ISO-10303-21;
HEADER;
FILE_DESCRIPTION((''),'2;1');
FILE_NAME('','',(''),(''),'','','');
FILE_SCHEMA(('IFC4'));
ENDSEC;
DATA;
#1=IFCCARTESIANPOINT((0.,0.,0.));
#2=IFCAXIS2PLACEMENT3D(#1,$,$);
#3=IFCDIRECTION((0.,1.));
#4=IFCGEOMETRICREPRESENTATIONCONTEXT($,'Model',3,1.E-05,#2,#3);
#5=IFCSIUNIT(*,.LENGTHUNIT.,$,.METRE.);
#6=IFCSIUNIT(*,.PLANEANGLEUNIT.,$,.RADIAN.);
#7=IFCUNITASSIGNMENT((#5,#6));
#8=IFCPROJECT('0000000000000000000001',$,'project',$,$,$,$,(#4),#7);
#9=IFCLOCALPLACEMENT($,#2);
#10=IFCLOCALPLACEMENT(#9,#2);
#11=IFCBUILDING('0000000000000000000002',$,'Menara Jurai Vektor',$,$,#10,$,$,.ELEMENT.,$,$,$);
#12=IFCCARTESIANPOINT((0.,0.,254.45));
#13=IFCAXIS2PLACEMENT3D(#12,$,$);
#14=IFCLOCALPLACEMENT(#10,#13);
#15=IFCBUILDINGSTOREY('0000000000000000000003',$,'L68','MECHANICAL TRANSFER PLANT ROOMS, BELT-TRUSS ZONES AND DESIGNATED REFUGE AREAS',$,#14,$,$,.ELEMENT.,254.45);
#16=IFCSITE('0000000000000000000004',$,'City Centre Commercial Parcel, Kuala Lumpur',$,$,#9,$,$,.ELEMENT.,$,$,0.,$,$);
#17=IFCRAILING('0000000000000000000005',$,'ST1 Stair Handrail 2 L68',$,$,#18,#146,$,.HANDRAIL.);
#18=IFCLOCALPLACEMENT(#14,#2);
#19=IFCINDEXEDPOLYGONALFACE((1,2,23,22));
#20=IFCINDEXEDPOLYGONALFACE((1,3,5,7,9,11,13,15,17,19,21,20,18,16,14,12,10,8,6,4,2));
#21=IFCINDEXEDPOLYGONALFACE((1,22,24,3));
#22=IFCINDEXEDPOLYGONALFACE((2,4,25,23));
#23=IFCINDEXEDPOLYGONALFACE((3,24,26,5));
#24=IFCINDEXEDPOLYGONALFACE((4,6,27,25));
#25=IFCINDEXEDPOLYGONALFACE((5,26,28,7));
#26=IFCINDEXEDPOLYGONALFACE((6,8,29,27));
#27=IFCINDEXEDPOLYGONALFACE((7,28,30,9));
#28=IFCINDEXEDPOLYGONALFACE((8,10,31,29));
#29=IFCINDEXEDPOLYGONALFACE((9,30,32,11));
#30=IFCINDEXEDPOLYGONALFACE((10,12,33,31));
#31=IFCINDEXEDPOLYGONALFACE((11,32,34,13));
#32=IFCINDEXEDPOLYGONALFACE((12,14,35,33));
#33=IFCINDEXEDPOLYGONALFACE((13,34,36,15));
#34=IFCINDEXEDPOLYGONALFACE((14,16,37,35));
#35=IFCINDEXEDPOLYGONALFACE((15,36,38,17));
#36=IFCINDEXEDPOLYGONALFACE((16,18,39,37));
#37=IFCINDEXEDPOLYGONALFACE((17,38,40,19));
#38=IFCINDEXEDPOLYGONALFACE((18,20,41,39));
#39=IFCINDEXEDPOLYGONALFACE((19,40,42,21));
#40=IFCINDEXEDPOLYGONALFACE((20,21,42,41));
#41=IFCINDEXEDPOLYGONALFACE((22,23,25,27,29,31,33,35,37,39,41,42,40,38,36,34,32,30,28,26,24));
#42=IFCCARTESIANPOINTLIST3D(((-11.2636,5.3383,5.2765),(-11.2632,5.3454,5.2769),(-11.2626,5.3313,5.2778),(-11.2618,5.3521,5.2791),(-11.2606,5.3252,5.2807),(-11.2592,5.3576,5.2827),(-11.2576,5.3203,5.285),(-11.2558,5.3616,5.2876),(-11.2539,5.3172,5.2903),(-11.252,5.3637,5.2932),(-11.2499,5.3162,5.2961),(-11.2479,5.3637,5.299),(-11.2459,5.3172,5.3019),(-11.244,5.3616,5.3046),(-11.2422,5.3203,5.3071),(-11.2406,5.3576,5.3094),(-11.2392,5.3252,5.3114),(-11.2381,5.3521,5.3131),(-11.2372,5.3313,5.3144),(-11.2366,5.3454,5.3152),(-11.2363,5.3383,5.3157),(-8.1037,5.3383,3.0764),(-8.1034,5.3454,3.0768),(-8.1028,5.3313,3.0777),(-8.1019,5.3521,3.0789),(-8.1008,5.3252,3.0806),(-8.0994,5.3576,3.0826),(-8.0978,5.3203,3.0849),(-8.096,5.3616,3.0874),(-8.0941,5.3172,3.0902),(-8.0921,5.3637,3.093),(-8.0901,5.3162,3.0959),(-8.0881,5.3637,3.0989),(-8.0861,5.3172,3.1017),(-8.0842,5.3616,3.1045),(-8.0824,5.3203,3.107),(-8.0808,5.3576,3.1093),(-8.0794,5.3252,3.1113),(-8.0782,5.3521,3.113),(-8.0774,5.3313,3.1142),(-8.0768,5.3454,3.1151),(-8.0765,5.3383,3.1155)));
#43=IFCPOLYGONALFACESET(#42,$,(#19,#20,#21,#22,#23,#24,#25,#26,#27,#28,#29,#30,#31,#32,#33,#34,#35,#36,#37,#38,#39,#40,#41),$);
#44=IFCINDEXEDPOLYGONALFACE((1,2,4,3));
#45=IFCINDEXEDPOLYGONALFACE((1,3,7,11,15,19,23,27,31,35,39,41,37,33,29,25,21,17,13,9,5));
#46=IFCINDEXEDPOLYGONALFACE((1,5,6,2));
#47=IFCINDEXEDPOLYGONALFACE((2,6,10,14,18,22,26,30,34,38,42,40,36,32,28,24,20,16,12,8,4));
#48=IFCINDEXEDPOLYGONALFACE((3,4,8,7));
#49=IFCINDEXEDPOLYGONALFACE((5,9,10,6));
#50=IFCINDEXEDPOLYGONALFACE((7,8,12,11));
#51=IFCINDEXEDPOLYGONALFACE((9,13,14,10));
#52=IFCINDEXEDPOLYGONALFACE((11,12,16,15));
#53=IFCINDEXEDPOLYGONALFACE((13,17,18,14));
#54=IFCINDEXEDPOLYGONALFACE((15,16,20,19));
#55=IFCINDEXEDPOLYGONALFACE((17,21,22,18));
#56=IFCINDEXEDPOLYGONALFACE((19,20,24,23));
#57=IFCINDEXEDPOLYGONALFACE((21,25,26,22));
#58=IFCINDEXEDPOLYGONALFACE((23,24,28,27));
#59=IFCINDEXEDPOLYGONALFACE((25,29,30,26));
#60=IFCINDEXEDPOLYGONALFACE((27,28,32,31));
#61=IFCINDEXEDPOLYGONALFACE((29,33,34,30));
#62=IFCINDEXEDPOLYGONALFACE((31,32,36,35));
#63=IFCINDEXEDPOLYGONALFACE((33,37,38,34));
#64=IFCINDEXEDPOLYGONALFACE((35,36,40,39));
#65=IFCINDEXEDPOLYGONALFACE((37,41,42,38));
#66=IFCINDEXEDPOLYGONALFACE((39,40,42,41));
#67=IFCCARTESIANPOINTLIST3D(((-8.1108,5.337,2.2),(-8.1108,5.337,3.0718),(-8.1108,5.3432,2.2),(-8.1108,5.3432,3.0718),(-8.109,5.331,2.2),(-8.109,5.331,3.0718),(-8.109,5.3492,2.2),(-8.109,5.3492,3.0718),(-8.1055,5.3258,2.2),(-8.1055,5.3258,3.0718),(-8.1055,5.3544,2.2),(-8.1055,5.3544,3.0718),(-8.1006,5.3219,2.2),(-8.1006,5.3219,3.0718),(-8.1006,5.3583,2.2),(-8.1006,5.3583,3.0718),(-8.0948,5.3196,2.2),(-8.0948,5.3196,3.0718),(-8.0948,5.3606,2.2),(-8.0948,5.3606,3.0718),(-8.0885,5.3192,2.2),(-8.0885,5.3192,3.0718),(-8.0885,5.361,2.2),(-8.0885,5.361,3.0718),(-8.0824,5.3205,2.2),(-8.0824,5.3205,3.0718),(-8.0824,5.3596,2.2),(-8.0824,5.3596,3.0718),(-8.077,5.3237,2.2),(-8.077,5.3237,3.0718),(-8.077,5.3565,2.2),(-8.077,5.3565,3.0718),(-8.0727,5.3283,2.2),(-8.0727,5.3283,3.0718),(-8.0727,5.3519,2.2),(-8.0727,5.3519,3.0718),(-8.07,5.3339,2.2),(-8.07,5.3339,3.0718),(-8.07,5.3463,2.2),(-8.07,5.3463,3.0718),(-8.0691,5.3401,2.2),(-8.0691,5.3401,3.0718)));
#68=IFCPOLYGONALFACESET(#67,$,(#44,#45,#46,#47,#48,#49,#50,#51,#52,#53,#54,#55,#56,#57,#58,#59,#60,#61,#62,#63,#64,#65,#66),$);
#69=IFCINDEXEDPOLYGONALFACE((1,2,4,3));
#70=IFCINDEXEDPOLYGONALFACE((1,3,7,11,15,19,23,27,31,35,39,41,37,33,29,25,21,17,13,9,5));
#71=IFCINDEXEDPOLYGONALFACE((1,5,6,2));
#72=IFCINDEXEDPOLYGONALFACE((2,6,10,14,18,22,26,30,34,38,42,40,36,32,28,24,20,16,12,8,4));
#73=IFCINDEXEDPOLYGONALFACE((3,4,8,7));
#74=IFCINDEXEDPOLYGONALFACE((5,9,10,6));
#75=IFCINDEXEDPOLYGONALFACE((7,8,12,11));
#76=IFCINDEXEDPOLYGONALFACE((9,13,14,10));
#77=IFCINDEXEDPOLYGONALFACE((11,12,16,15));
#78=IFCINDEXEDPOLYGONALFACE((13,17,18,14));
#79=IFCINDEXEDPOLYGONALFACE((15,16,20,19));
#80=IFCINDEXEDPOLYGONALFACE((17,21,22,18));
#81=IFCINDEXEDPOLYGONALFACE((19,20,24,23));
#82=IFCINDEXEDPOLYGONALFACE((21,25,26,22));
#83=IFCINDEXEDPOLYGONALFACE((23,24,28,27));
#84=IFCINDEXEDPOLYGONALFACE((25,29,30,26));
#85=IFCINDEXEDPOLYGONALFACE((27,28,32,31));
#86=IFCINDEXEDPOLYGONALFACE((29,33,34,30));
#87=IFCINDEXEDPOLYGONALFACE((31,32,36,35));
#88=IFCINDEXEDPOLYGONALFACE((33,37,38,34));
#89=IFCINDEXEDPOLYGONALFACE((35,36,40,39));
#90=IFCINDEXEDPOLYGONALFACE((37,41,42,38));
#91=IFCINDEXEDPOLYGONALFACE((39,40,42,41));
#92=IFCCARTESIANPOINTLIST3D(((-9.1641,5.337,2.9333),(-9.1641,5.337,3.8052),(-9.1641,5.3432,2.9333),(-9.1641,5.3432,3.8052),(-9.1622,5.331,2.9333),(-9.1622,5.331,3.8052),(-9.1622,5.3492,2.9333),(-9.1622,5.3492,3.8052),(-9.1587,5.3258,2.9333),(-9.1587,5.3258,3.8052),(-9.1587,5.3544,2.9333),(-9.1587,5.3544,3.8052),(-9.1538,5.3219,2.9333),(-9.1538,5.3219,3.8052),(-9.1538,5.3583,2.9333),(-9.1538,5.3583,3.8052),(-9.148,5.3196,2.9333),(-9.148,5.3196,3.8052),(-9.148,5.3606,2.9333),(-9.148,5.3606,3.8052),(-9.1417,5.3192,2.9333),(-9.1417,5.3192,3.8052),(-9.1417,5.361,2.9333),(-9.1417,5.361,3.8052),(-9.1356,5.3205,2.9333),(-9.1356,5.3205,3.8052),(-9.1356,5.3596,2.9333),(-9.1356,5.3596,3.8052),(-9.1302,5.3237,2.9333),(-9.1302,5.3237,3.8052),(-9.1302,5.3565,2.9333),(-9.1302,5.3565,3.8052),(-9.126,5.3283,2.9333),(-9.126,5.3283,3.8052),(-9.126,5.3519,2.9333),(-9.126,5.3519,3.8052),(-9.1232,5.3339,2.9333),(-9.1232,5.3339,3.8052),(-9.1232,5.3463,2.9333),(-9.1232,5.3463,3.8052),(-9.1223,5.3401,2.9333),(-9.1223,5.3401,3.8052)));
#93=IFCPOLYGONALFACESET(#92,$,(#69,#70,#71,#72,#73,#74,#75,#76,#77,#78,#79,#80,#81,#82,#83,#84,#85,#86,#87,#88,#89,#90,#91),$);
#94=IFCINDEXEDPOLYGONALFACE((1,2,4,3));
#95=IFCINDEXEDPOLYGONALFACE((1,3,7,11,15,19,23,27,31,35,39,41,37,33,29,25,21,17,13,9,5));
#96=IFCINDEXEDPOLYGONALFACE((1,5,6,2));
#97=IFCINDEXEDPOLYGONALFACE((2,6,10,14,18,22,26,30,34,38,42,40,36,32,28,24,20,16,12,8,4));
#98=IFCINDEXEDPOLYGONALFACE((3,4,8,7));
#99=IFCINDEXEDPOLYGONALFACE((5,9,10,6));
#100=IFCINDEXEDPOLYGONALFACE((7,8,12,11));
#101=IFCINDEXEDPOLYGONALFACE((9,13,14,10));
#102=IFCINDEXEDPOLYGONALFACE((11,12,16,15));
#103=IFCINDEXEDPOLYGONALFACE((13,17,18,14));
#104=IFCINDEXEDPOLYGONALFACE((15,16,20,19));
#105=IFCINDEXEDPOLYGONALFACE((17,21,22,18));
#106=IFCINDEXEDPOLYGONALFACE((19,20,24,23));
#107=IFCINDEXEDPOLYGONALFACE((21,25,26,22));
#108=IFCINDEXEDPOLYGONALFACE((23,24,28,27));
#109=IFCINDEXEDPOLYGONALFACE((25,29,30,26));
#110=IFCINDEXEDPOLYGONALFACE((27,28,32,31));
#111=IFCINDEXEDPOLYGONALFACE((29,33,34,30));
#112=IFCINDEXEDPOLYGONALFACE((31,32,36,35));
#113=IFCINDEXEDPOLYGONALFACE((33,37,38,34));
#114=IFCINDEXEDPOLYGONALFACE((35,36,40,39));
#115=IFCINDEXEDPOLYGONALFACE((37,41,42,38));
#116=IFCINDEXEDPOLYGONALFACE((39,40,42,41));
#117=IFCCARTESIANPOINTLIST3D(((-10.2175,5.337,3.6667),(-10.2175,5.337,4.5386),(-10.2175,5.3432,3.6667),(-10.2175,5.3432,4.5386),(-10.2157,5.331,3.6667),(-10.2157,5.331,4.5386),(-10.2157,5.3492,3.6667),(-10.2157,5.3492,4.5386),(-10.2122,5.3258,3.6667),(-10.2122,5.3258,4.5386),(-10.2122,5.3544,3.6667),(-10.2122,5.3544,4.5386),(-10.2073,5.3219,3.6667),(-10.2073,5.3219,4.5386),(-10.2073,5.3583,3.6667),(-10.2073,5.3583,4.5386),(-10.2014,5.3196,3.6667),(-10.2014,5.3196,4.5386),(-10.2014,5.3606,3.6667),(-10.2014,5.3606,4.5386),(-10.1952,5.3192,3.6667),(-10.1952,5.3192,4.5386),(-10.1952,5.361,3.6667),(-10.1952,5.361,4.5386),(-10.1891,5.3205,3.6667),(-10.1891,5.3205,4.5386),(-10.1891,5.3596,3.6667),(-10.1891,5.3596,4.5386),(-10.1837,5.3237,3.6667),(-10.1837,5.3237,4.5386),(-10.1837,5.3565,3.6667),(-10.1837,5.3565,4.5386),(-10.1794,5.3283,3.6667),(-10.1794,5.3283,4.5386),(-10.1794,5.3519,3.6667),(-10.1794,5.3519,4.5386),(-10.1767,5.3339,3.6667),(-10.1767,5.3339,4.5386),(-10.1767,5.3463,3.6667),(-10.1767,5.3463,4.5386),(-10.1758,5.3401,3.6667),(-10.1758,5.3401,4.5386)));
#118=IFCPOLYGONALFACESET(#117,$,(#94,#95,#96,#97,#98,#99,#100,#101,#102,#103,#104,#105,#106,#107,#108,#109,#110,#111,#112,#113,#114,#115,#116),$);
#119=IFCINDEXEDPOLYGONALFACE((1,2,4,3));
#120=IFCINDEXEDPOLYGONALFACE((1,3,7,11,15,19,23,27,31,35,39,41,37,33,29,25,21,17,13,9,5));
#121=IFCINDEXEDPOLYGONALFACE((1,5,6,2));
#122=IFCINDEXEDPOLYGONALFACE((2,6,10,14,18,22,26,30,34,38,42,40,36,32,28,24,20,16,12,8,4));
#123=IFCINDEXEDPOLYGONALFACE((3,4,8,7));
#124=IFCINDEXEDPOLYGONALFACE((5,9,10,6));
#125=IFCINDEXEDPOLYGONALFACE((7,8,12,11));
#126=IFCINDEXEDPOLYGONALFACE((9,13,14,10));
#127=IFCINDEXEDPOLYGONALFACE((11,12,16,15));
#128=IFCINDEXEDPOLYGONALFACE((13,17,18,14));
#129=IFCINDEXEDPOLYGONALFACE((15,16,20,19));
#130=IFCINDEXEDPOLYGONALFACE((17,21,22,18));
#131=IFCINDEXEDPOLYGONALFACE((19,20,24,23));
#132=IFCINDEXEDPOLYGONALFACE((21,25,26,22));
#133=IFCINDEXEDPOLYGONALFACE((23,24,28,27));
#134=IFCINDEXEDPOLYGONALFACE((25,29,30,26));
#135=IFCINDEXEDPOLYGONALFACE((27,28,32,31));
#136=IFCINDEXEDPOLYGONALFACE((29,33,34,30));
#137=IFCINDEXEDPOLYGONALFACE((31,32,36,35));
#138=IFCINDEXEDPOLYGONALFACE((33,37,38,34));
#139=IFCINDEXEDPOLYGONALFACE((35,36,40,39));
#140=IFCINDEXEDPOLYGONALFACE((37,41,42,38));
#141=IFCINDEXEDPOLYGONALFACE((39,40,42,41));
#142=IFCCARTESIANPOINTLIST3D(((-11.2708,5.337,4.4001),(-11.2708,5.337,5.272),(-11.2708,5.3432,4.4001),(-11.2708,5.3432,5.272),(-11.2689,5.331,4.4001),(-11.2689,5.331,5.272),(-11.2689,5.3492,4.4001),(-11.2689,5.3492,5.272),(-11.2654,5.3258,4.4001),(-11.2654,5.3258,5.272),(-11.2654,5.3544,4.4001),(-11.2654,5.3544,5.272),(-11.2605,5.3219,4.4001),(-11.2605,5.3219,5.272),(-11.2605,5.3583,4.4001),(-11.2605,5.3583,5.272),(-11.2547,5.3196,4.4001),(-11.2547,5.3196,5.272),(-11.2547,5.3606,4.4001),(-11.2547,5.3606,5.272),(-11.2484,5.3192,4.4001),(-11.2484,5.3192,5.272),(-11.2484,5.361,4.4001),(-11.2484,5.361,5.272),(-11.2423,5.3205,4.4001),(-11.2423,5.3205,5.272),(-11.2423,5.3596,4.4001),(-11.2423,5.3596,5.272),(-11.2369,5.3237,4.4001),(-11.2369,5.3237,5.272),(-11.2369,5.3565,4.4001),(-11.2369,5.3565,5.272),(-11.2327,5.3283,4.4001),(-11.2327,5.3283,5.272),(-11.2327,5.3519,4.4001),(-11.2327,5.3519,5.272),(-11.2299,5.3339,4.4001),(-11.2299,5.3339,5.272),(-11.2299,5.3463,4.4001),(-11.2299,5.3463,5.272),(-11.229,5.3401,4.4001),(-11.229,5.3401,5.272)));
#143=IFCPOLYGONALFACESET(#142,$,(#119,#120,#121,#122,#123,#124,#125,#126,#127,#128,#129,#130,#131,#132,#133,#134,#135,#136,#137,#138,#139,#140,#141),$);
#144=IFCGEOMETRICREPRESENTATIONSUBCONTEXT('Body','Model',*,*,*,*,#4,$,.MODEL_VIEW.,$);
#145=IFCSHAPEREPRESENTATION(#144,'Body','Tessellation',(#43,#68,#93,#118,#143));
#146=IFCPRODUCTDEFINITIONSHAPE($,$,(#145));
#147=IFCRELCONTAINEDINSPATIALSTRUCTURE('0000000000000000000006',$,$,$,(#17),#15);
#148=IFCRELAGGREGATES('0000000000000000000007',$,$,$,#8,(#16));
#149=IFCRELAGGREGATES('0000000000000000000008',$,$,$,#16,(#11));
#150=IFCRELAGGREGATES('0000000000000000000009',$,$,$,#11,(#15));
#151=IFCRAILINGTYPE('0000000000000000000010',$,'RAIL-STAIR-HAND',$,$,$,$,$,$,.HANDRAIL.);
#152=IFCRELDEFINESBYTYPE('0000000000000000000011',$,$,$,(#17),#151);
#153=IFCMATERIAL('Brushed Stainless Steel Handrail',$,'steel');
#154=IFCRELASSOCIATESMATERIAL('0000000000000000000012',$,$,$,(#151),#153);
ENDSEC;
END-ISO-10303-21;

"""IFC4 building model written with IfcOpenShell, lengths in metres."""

from ifc_helpers import new_model, si_unit, direction, frame, origin, origin_2d, place, context, subcontext, project, spatial, circle, extrude, material, type_object, element, save


model = new_model("IFC4")

# Units and contexts
model_context = context("Model", 3, precision=1e-05, world=origin(), true_north=direction((0.0, 1.0)))
body_context = subcontext(model_context, "Body", "Model", "MODEL_VIEW")
ifc_project = project(units=[si_unit("LENGTHUNIT", "METRE"), si_unit("PLANEANGLEUNIT", "RADIAN")], contexts=[model_context])

# Site, building, storey
site_placement = place(None, origin())
site = spatial("IfcSite", under=ifc_project, at=site_placement, Name="City Centre Commercial Parcel, Kuala Lumpur", CompositionType="ELEMENT", RefElevation=0.0)
building_placement = place(site_placement, origin())
building = spatial("IfcBuilding", under=site, at=building_placement, Name="Menara Jurai Vektor", CompositionType="ELEMENT")
storey_placement = place(building_placement, frame((0.0, 0.0, 254.45)))
storey = spatial("IfcBuildingStorey", under=building, at=storey_placement, Name="L68", Description="MECHANICAL TRANSFER PLANT ROOMS, BELT-TRUSS ZONES AND DESIGNATED REFUGE AREAS", CompositionType="ELEMENT", Elevation=254.45)

# Railing
ifc_material_1 = material(Name="Brushed Stainless Steel Handrail", Category="steel")
railing_type = type_object("IfcRailingType", Name="RAIL-STAIR-HAND", PredefinedType="HANDRAIL", material=ifc_material_1)
railing_placement = place(storey_placement, frame((-8.0901, 5.3401, 2.2)))
element("IfcRailing", 1, at=railing_placement, inside=storey, type_object=railing_type, Name="ST1 Stair Handrail 2 L68", PredefinedType="HANDRAIL", context=body_context, shape_type="SweptSolid", body=[
    extrude(circle(Radius=0.0239, at=origin_2d()), frame((0.0, 0.0, 0.896), z_axis=(-0.820662, 0.0, 0.571414), x_axis=(0.0, -1.0, 0.0)), (0.0, 0.0, 1.0), 3.8503),
    extrude(circle(Radius=0.021, at=origin_2d()), origin(), (0.0, 0.0, 1.0), 0.8718),
    extrude(circle(Radius=0.021, at=origin_2d()), frame((-1.0532, 0.0, 0.7334)), (0.0, 0.0, 1.0), 0.8718),
    extrude(circle(Radius=0.021, at=origin_2d()), frame((-2.1067, 0.0, 1.4668)), (0.0, 0.0, 1.0), 0.8718),
    extrude(circle(Radius=0.021, at=origin_2d()), frame((-3.1599, 0.0, 2.2002)), (0.0, 0.0, 1.0), 0.8718),
])

save(model, "model.ifc")
